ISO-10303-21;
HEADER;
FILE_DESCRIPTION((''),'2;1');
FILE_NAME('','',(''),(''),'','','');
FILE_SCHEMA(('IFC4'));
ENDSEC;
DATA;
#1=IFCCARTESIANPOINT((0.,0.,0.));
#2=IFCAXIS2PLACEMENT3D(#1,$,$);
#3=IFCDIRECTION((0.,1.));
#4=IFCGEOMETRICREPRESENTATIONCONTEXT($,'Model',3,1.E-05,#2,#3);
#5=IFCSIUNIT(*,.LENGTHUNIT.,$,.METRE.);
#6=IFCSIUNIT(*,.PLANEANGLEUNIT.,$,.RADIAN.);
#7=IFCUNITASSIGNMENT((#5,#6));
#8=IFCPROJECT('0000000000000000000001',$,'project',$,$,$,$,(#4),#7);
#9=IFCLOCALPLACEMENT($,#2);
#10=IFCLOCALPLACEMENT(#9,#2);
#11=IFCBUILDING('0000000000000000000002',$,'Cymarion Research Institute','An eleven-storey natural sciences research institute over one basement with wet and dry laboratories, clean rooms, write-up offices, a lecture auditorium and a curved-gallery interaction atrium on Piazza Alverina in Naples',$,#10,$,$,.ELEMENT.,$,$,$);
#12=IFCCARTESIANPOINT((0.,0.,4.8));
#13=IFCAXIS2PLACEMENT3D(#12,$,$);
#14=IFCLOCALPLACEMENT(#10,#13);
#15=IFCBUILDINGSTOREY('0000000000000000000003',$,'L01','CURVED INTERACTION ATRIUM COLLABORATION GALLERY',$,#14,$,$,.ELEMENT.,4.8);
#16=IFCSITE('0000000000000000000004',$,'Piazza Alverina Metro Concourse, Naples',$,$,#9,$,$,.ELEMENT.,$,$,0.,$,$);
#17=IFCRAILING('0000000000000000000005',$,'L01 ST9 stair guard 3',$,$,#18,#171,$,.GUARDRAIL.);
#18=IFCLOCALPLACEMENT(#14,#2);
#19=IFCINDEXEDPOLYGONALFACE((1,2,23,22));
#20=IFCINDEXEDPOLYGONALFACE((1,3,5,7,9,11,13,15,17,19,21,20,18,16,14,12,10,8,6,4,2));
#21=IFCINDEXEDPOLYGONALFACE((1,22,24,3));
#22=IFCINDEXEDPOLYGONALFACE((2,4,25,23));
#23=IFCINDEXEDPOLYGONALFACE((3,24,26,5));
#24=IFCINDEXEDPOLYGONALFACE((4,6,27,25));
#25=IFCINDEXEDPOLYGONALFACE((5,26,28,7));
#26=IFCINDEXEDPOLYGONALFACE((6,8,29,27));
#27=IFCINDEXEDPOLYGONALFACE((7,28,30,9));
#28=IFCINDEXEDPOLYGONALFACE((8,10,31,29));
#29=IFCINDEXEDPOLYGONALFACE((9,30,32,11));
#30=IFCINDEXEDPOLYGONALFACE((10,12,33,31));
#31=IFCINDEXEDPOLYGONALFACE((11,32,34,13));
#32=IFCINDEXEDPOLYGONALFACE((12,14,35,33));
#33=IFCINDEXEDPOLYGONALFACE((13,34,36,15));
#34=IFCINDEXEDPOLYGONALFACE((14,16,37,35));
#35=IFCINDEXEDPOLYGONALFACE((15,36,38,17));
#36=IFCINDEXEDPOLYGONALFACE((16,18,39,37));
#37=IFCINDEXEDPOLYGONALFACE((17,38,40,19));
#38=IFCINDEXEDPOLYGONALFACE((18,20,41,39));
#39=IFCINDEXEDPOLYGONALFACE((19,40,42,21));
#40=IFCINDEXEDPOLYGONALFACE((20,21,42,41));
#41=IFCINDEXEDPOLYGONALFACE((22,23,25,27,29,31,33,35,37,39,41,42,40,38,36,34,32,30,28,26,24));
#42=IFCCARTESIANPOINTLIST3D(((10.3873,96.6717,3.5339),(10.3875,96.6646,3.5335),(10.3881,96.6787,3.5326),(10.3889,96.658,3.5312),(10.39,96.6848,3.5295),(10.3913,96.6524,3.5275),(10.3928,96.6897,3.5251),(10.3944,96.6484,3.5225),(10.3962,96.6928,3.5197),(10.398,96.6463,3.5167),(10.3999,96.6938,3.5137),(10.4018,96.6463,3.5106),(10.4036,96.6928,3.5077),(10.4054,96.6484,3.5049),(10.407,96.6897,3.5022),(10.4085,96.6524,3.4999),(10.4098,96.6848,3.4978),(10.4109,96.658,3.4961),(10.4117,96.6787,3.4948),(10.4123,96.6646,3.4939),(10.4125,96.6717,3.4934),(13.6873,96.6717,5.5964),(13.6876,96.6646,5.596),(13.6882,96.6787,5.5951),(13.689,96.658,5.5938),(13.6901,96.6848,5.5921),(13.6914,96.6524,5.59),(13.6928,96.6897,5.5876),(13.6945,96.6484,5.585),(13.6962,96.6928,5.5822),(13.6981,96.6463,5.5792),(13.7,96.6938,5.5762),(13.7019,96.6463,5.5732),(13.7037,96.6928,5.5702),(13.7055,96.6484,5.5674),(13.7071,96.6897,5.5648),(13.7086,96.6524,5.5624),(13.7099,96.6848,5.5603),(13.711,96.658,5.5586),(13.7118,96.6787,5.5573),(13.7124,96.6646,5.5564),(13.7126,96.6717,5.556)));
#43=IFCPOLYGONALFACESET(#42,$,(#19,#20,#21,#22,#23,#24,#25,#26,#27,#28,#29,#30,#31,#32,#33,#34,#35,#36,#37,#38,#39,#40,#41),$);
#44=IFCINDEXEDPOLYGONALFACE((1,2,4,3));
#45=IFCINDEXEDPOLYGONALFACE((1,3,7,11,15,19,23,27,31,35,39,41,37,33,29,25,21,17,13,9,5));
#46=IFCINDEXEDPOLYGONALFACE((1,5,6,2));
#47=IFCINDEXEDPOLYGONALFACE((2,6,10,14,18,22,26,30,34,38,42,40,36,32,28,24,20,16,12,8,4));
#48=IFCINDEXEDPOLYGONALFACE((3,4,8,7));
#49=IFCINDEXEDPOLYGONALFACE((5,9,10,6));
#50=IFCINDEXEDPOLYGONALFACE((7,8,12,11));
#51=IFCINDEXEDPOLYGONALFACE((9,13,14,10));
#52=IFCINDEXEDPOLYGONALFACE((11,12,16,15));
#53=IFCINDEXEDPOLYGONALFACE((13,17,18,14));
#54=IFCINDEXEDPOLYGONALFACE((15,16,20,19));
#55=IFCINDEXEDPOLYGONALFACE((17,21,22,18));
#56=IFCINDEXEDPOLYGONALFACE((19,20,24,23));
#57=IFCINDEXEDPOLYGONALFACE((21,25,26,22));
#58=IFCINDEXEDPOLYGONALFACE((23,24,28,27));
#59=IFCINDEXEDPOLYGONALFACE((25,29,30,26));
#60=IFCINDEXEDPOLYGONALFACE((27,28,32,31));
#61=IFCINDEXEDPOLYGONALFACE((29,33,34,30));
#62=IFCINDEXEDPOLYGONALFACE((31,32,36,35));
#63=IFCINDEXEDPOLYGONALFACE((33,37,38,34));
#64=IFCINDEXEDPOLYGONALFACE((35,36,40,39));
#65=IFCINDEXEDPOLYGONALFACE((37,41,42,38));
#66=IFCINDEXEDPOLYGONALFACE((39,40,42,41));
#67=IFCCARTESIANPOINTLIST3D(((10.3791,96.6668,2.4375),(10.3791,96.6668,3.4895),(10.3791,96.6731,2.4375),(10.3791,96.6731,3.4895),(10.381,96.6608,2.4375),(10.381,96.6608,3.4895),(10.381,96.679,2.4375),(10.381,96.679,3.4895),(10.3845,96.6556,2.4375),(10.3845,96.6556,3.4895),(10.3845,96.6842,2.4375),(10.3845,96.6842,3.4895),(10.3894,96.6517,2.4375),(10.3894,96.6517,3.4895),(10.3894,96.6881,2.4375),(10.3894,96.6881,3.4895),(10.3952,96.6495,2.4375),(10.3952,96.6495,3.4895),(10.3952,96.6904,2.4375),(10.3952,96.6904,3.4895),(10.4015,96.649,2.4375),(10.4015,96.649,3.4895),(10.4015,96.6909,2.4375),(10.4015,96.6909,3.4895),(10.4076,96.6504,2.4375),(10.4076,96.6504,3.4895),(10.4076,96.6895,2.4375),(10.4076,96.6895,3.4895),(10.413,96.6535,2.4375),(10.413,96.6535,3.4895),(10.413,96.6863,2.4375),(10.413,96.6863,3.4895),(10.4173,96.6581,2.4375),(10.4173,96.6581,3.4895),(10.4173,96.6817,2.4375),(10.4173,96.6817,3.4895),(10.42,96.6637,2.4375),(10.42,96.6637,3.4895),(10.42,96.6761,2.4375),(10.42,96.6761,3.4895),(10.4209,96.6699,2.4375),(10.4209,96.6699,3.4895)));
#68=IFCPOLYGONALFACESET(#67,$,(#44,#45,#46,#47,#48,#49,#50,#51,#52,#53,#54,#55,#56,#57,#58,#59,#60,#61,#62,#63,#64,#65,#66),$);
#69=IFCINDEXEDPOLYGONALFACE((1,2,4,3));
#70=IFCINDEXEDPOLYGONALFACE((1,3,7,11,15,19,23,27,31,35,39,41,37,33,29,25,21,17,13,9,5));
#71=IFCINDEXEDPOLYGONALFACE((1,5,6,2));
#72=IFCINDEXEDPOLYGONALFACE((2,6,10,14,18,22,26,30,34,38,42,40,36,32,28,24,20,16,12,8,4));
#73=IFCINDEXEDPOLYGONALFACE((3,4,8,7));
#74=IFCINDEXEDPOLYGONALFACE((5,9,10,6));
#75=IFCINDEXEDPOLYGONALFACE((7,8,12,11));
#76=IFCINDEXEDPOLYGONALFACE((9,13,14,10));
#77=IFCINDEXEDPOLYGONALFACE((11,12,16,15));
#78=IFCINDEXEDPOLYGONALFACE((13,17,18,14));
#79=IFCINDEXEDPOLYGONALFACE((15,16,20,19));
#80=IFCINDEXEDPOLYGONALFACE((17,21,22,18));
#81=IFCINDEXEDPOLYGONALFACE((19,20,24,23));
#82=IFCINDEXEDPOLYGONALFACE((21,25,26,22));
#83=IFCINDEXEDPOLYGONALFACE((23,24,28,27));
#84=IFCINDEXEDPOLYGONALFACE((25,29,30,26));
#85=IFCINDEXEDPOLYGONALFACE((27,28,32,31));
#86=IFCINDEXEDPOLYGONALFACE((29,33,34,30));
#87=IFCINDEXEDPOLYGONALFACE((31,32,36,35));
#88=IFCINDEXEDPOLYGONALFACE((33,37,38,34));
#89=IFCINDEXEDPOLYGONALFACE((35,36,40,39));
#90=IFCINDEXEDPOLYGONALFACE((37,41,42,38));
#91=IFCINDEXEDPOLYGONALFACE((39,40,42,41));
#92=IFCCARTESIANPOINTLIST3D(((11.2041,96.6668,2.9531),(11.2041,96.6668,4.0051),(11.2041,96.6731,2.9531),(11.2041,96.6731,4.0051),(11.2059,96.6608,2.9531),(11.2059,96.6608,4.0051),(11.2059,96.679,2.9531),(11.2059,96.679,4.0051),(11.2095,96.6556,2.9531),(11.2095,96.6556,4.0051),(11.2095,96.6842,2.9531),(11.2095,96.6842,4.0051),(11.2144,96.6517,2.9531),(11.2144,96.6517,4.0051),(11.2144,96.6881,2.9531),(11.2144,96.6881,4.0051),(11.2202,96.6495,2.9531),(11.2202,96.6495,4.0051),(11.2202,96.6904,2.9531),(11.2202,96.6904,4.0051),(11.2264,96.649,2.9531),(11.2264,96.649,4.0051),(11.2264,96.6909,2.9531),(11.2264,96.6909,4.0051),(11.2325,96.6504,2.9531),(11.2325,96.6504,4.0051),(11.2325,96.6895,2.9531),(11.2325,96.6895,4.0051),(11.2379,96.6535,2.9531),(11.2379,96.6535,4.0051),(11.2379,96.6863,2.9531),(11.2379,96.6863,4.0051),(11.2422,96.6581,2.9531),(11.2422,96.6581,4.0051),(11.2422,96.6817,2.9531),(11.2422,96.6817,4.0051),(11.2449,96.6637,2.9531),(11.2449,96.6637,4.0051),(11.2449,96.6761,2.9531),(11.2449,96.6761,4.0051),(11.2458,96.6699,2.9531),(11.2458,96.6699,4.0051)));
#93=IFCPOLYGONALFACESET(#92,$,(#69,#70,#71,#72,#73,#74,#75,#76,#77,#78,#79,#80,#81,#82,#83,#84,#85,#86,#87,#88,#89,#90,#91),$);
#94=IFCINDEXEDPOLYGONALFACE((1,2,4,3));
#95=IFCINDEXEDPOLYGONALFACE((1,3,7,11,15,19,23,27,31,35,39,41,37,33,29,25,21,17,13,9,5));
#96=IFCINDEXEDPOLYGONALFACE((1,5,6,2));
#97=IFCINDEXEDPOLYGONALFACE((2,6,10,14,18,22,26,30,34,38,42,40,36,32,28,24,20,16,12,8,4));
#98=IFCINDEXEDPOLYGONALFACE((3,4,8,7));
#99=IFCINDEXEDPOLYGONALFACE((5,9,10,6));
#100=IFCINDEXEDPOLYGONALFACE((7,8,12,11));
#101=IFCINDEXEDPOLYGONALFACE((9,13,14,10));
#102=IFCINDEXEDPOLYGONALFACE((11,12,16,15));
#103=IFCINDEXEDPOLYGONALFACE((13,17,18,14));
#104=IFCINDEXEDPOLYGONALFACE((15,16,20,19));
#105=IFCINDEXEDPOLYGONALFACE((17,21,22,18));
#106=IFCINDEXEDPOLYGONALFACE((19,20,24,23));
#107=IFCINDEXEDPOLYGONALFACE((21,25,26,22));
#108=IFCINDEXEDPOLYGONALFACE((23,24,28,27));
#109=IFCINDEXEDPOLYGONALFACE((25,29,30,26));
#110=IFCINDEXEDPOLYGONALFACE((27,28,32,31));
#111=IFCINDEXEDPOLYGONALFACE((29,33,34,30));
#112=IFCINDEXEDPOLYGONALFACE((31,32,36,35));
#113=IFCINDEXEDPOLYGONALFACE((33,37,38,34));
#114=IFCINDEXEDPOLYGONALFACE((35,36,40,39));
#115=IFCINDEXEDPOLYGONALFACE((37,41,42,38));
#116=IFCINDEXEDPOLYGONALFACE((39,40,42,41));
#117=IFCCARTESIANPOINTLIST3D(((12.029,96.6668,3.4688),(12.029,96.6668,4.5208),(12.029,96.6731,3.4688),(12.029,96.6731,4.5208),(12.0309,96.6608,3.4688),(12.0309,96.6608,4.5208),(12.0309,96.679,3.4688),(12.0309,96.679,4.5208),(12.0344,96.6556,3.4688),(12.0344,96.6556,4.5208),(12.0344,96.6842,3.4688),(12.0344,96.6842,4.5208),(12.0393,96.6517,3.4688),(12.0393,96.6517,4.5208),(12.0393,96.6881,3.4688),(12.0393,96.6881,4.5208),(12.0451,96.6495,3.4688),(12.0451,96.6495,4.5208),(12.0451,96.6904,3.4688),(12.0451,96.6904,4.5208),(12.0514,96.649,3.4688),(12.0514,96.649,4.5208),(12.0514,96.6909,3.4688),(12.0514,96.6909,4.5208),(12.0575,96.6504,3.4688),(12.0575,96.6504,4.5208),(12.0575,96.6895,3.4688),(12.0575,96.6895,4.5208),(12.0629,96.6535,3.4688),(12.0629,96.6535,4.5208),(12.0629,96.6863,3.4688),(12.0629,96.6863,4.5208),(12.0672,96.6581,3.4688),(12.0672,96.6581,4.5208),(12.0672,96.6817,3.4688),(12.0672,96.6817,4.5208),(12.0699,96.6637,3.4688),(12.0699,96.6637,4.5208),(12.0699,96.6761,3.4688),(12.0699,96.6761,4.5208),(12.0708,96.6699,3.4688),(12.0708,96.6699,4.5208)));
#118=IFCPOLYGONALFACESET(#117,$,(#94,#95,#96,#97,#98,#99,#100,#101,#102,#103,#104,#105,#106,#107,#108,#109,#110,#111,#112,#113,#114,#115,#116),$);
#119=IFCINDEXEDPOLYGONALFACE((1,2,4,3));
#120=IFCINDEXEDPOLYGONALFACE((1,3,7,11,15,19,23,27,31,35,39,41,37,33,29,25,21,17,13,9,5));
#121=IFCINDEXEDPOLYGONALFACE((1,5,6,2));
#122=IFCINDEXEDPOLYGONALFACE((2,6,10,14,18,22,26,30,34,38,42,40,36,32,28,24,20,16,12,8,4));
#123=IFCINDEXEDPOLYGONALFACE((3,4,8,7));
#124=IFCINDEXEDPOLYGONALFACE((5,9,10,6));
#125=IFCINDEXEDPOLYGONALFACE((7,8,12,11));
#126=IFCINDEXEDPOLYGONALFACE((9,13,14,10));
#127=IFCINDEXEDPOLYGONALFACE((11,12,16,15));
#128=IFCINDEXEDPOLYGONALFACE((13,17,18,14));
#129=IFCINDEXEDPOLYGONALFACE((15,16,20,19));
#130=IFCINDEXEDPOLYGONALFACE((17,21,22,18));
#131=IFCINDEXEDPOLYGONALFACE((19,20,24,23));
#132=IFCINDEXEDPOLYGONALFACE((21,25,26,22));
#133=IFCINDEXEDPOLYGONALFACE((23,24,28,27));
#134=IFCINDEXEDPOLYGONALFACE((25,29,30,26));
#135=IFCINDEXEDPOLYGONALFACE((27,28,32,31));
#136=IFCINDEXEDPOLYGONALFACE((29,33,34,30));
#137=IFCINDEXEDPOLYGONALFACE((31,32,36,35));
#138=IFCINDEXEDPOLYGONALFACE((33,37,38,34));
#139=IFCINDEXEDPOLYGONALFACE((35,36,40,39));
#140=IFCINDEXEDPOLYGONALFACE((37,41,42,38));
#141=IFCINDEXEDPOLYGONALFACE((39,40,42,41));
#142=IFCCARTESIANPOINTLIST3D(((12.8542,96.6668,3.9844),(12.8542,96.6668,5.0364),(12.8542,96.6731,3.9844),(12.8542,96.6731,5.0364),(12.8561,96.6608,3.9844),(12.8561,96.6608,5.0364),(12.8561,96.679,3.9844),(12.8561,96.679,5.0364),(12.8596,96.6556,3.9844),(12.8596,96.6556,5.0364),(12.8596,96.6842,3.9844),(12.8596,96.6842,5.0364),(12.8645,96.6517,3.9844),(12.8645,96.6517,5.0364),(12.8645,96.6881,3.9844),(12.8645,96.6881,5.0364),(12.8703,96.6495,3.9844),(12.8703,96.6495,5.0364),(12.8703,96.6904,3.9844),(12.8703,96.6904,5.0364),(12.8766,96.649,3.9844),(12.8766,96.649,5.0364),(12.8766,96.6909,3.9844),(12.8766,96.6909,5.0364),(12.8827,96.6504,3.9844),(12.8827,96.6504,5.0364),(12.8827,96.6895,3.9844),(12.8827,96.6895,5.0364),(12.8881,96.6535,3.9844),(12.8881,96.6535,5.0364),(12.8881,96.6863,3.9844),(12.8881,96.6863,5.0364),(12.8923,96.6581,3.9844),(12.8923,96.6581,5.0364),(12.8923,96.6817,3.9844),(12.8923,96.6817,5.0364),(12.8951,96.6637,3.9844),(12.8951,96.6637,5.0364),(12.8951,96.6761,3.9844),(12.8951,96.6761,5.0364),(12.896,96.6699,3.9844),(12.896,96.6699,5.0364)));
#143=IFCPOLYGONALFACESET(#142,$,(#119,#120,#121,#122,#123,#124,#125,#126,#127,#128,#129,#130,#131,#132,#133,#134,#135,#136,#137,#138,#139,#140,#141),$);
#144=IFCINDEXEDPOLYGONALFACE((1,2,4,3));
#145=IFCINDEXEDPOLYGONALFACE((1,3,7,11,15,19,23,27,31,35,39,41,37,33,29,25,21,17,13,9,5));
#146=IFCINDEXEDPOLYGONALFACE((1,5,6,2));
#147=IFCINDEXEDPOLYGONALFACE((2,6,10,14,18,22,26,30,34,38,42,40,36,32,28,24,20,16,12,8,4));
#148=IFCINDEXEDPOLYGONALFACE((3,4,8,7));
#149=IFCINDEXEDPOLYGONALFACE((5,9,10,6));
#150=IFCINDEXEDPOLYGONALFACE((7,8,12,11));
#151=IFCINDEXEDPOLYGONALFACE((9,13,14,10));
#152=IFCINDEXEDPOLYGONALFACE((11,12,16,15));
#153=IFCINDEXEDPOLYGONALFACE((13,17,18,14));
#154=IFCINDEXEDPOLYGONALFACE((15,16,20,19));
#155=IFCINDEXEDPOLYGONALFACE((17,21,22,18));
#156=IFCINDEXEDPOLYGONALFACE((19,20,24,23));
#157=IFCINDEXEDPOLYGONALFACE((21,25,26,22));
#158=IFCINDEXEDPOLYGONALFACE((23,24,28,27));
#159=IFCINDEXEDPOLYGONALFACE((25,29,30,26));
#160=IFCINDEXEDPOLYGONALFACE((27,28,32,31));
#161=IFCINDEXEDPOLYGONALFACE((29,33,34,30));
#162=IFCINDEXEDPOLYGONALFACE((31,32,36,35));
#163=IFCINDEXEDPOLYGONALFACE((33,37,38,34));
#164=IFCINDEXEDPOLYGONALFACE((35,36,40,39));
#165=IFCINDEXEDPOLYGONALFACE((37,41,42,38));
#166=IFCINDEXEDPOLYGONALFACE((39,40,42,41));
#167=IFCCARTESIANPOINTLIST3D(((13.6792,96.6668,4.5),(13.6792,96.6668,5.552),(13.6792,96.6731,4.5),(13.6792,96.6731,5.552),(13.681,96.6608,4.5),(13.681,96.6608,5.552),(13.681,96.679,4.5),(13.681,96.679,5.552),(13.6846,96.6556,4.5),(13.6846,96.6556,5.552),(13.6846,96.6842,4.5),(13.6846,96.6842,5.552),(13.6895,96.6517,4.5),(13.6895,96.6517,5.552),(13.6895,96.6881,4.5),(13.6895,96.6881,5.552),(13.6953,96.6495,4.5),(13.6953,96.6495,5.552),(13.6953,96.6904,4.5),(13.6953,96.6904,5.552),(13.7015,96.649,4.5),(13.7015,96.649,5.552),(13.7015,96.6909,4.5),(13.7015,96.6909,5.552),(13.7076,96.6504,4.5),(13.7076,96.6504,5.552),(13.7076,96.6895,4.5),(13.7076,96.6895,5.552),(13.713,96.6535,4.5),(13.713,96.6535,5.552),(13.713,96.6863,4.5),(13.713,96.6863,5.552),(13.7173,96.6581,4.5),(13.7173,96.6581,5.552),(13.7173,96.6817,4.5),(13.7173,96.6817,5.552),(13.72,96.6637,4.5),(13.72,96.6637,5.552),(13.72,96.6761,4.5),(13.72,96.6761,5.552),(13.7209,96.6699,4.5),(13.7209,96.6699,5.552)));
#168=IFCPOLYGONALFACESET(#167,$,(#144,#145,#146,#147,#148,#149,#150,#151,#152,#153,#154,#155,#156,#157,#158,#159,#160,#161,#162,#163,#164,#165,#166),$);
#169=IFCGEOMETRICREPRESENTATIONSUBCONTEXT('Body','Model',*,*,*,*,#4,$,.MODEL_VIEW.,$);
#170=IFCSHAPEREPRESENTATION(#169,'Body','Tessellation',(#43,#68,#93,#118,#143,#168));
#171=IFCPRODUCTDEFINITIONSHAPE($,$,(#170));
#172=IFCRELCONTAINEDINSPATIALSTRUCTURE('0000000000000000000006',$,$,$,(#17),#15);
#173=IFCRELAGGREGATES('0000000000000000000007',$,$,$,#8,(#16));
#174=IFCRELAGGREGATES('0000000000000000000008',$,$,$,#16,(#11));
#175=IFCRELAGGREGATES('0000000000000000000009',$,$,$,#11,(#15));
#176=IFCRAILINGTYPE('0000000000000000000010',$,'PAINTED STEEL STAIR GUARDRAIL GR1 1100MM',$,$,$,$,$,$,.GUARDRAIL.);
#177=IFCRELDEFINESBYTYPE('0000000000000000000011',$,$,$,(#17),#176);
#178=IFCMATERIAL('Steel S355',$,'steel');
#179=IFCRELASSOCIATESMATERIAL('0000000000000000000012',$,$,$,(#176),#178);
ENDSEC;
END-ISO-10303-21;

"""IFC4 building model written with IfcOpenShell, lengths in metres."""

from ifc_helpers import new_model, si_unit, direction, frame, origin, origin_2d, place, context, subcontext, project, spatial, circle, extrude, material, type_object, element, save


model = new_model("IFC4")

# Units and contexts
model_context = context("Model", 3, precision=1e-05, world=origin(), true_north=direction((0.0, 1.0)))
body_context = subcontext(model_context, "Body", "Model", "MODEL_VIEW")
ifc_project = project(units=[si_unit("LENGTHUNIT", "METRE"), si_unit("PLANEANGLEUNIT", "RADIAN")], contexts=[model_context])

# Site, building, storey
site_placement = place(None, origin())
site = spatial("IfcSite", under=ifc_project, at=site_placement, Name="Piazza Alverina Metro Concourse, Naples", CompositionType="ELEMENT", RefElevation=0.0)
building_placement = place(site_placement, origin())
building = spatial("IfcBuilding", under=site, at=building_placement, Name="Cymarion Research Institute", Description="An eleven-storey natural sciences research institute over one basement with wet and dry laboratories, clean rooms, write-up offices, a lecture auditorium and a curved-gallery interaction atrium on Piazza Alverina in Naples", CompositionType="ELEMENT")
storey_placement = place(building_placement, frame((0.0, 0.0, 4.8)))
storey = spatial("IfcBuildingStorey", under=building, at=storey_placement, Name="L01", Description="CURVED INTERACTION ATRIUM COLLABORATION GALLERY", CompositionType="ELEMENT", Elevation=4.8)

# Shared definitions
ifc_material_1 = material(Name="Steel S355", Category="steel")

# Railing
railing_type_1 = type_object("IfcRailingType", Name="PAINTED STEEL STAIR GUARDRAIL GR1 1100MM", PredefinedType="GUARDRAIL", material=ifc_material_1)
railing_1_placement = place(storey_placement, frame((10.3999, 96.6699, 2.4375)))
element("IfcRailing", 1, at=railing_1_placement, inside=storey, type_object=railing_type_1, Name="L01 ST9 stair guard 3", PredefinedType="GUARDRAIL", context=body_context, shape_type="SweptSolid", body=[
    extrude(circle(Radius=0.0239, at=origin_2d()), frame((0.0, 0.0, 1.0762), z_axis=(0.848002, 0.0, 0.529993), x_axis=(0.0, 1.0, 0.0)), (0.0, 0.0, 1.0), 3.8916),
    extrude(circle(Radius=0.021, at=origin_2d()), origin(), (0.0, 0.0, 1.0), 1.052),
    extrude(circle(Radius=0.021, at=origin_2d()), frame((0.825, 0.0, 0.5156)), (0.0, 0.0, 1.0), 1.052),
    extrude(circle(Radius=0.021, at=origin_2d()), frame((1.6499, 0.0, 1.0312)), (0.0, 0.0, 1.0), 1.052),
    extrude(circle(Radius=0.021, at=origin_2d()), frame((2.4751, 0.0, 1.5469)), (0.0, 0.0, 1.0), 1.052),
    extrude(circle(Radius=0.021, at=origin_2d()), frame((3.3, 0.0, 2.0625)), (0.0, 0.0, 1.0), 1.052),
])

save(model, "model.ifc")
